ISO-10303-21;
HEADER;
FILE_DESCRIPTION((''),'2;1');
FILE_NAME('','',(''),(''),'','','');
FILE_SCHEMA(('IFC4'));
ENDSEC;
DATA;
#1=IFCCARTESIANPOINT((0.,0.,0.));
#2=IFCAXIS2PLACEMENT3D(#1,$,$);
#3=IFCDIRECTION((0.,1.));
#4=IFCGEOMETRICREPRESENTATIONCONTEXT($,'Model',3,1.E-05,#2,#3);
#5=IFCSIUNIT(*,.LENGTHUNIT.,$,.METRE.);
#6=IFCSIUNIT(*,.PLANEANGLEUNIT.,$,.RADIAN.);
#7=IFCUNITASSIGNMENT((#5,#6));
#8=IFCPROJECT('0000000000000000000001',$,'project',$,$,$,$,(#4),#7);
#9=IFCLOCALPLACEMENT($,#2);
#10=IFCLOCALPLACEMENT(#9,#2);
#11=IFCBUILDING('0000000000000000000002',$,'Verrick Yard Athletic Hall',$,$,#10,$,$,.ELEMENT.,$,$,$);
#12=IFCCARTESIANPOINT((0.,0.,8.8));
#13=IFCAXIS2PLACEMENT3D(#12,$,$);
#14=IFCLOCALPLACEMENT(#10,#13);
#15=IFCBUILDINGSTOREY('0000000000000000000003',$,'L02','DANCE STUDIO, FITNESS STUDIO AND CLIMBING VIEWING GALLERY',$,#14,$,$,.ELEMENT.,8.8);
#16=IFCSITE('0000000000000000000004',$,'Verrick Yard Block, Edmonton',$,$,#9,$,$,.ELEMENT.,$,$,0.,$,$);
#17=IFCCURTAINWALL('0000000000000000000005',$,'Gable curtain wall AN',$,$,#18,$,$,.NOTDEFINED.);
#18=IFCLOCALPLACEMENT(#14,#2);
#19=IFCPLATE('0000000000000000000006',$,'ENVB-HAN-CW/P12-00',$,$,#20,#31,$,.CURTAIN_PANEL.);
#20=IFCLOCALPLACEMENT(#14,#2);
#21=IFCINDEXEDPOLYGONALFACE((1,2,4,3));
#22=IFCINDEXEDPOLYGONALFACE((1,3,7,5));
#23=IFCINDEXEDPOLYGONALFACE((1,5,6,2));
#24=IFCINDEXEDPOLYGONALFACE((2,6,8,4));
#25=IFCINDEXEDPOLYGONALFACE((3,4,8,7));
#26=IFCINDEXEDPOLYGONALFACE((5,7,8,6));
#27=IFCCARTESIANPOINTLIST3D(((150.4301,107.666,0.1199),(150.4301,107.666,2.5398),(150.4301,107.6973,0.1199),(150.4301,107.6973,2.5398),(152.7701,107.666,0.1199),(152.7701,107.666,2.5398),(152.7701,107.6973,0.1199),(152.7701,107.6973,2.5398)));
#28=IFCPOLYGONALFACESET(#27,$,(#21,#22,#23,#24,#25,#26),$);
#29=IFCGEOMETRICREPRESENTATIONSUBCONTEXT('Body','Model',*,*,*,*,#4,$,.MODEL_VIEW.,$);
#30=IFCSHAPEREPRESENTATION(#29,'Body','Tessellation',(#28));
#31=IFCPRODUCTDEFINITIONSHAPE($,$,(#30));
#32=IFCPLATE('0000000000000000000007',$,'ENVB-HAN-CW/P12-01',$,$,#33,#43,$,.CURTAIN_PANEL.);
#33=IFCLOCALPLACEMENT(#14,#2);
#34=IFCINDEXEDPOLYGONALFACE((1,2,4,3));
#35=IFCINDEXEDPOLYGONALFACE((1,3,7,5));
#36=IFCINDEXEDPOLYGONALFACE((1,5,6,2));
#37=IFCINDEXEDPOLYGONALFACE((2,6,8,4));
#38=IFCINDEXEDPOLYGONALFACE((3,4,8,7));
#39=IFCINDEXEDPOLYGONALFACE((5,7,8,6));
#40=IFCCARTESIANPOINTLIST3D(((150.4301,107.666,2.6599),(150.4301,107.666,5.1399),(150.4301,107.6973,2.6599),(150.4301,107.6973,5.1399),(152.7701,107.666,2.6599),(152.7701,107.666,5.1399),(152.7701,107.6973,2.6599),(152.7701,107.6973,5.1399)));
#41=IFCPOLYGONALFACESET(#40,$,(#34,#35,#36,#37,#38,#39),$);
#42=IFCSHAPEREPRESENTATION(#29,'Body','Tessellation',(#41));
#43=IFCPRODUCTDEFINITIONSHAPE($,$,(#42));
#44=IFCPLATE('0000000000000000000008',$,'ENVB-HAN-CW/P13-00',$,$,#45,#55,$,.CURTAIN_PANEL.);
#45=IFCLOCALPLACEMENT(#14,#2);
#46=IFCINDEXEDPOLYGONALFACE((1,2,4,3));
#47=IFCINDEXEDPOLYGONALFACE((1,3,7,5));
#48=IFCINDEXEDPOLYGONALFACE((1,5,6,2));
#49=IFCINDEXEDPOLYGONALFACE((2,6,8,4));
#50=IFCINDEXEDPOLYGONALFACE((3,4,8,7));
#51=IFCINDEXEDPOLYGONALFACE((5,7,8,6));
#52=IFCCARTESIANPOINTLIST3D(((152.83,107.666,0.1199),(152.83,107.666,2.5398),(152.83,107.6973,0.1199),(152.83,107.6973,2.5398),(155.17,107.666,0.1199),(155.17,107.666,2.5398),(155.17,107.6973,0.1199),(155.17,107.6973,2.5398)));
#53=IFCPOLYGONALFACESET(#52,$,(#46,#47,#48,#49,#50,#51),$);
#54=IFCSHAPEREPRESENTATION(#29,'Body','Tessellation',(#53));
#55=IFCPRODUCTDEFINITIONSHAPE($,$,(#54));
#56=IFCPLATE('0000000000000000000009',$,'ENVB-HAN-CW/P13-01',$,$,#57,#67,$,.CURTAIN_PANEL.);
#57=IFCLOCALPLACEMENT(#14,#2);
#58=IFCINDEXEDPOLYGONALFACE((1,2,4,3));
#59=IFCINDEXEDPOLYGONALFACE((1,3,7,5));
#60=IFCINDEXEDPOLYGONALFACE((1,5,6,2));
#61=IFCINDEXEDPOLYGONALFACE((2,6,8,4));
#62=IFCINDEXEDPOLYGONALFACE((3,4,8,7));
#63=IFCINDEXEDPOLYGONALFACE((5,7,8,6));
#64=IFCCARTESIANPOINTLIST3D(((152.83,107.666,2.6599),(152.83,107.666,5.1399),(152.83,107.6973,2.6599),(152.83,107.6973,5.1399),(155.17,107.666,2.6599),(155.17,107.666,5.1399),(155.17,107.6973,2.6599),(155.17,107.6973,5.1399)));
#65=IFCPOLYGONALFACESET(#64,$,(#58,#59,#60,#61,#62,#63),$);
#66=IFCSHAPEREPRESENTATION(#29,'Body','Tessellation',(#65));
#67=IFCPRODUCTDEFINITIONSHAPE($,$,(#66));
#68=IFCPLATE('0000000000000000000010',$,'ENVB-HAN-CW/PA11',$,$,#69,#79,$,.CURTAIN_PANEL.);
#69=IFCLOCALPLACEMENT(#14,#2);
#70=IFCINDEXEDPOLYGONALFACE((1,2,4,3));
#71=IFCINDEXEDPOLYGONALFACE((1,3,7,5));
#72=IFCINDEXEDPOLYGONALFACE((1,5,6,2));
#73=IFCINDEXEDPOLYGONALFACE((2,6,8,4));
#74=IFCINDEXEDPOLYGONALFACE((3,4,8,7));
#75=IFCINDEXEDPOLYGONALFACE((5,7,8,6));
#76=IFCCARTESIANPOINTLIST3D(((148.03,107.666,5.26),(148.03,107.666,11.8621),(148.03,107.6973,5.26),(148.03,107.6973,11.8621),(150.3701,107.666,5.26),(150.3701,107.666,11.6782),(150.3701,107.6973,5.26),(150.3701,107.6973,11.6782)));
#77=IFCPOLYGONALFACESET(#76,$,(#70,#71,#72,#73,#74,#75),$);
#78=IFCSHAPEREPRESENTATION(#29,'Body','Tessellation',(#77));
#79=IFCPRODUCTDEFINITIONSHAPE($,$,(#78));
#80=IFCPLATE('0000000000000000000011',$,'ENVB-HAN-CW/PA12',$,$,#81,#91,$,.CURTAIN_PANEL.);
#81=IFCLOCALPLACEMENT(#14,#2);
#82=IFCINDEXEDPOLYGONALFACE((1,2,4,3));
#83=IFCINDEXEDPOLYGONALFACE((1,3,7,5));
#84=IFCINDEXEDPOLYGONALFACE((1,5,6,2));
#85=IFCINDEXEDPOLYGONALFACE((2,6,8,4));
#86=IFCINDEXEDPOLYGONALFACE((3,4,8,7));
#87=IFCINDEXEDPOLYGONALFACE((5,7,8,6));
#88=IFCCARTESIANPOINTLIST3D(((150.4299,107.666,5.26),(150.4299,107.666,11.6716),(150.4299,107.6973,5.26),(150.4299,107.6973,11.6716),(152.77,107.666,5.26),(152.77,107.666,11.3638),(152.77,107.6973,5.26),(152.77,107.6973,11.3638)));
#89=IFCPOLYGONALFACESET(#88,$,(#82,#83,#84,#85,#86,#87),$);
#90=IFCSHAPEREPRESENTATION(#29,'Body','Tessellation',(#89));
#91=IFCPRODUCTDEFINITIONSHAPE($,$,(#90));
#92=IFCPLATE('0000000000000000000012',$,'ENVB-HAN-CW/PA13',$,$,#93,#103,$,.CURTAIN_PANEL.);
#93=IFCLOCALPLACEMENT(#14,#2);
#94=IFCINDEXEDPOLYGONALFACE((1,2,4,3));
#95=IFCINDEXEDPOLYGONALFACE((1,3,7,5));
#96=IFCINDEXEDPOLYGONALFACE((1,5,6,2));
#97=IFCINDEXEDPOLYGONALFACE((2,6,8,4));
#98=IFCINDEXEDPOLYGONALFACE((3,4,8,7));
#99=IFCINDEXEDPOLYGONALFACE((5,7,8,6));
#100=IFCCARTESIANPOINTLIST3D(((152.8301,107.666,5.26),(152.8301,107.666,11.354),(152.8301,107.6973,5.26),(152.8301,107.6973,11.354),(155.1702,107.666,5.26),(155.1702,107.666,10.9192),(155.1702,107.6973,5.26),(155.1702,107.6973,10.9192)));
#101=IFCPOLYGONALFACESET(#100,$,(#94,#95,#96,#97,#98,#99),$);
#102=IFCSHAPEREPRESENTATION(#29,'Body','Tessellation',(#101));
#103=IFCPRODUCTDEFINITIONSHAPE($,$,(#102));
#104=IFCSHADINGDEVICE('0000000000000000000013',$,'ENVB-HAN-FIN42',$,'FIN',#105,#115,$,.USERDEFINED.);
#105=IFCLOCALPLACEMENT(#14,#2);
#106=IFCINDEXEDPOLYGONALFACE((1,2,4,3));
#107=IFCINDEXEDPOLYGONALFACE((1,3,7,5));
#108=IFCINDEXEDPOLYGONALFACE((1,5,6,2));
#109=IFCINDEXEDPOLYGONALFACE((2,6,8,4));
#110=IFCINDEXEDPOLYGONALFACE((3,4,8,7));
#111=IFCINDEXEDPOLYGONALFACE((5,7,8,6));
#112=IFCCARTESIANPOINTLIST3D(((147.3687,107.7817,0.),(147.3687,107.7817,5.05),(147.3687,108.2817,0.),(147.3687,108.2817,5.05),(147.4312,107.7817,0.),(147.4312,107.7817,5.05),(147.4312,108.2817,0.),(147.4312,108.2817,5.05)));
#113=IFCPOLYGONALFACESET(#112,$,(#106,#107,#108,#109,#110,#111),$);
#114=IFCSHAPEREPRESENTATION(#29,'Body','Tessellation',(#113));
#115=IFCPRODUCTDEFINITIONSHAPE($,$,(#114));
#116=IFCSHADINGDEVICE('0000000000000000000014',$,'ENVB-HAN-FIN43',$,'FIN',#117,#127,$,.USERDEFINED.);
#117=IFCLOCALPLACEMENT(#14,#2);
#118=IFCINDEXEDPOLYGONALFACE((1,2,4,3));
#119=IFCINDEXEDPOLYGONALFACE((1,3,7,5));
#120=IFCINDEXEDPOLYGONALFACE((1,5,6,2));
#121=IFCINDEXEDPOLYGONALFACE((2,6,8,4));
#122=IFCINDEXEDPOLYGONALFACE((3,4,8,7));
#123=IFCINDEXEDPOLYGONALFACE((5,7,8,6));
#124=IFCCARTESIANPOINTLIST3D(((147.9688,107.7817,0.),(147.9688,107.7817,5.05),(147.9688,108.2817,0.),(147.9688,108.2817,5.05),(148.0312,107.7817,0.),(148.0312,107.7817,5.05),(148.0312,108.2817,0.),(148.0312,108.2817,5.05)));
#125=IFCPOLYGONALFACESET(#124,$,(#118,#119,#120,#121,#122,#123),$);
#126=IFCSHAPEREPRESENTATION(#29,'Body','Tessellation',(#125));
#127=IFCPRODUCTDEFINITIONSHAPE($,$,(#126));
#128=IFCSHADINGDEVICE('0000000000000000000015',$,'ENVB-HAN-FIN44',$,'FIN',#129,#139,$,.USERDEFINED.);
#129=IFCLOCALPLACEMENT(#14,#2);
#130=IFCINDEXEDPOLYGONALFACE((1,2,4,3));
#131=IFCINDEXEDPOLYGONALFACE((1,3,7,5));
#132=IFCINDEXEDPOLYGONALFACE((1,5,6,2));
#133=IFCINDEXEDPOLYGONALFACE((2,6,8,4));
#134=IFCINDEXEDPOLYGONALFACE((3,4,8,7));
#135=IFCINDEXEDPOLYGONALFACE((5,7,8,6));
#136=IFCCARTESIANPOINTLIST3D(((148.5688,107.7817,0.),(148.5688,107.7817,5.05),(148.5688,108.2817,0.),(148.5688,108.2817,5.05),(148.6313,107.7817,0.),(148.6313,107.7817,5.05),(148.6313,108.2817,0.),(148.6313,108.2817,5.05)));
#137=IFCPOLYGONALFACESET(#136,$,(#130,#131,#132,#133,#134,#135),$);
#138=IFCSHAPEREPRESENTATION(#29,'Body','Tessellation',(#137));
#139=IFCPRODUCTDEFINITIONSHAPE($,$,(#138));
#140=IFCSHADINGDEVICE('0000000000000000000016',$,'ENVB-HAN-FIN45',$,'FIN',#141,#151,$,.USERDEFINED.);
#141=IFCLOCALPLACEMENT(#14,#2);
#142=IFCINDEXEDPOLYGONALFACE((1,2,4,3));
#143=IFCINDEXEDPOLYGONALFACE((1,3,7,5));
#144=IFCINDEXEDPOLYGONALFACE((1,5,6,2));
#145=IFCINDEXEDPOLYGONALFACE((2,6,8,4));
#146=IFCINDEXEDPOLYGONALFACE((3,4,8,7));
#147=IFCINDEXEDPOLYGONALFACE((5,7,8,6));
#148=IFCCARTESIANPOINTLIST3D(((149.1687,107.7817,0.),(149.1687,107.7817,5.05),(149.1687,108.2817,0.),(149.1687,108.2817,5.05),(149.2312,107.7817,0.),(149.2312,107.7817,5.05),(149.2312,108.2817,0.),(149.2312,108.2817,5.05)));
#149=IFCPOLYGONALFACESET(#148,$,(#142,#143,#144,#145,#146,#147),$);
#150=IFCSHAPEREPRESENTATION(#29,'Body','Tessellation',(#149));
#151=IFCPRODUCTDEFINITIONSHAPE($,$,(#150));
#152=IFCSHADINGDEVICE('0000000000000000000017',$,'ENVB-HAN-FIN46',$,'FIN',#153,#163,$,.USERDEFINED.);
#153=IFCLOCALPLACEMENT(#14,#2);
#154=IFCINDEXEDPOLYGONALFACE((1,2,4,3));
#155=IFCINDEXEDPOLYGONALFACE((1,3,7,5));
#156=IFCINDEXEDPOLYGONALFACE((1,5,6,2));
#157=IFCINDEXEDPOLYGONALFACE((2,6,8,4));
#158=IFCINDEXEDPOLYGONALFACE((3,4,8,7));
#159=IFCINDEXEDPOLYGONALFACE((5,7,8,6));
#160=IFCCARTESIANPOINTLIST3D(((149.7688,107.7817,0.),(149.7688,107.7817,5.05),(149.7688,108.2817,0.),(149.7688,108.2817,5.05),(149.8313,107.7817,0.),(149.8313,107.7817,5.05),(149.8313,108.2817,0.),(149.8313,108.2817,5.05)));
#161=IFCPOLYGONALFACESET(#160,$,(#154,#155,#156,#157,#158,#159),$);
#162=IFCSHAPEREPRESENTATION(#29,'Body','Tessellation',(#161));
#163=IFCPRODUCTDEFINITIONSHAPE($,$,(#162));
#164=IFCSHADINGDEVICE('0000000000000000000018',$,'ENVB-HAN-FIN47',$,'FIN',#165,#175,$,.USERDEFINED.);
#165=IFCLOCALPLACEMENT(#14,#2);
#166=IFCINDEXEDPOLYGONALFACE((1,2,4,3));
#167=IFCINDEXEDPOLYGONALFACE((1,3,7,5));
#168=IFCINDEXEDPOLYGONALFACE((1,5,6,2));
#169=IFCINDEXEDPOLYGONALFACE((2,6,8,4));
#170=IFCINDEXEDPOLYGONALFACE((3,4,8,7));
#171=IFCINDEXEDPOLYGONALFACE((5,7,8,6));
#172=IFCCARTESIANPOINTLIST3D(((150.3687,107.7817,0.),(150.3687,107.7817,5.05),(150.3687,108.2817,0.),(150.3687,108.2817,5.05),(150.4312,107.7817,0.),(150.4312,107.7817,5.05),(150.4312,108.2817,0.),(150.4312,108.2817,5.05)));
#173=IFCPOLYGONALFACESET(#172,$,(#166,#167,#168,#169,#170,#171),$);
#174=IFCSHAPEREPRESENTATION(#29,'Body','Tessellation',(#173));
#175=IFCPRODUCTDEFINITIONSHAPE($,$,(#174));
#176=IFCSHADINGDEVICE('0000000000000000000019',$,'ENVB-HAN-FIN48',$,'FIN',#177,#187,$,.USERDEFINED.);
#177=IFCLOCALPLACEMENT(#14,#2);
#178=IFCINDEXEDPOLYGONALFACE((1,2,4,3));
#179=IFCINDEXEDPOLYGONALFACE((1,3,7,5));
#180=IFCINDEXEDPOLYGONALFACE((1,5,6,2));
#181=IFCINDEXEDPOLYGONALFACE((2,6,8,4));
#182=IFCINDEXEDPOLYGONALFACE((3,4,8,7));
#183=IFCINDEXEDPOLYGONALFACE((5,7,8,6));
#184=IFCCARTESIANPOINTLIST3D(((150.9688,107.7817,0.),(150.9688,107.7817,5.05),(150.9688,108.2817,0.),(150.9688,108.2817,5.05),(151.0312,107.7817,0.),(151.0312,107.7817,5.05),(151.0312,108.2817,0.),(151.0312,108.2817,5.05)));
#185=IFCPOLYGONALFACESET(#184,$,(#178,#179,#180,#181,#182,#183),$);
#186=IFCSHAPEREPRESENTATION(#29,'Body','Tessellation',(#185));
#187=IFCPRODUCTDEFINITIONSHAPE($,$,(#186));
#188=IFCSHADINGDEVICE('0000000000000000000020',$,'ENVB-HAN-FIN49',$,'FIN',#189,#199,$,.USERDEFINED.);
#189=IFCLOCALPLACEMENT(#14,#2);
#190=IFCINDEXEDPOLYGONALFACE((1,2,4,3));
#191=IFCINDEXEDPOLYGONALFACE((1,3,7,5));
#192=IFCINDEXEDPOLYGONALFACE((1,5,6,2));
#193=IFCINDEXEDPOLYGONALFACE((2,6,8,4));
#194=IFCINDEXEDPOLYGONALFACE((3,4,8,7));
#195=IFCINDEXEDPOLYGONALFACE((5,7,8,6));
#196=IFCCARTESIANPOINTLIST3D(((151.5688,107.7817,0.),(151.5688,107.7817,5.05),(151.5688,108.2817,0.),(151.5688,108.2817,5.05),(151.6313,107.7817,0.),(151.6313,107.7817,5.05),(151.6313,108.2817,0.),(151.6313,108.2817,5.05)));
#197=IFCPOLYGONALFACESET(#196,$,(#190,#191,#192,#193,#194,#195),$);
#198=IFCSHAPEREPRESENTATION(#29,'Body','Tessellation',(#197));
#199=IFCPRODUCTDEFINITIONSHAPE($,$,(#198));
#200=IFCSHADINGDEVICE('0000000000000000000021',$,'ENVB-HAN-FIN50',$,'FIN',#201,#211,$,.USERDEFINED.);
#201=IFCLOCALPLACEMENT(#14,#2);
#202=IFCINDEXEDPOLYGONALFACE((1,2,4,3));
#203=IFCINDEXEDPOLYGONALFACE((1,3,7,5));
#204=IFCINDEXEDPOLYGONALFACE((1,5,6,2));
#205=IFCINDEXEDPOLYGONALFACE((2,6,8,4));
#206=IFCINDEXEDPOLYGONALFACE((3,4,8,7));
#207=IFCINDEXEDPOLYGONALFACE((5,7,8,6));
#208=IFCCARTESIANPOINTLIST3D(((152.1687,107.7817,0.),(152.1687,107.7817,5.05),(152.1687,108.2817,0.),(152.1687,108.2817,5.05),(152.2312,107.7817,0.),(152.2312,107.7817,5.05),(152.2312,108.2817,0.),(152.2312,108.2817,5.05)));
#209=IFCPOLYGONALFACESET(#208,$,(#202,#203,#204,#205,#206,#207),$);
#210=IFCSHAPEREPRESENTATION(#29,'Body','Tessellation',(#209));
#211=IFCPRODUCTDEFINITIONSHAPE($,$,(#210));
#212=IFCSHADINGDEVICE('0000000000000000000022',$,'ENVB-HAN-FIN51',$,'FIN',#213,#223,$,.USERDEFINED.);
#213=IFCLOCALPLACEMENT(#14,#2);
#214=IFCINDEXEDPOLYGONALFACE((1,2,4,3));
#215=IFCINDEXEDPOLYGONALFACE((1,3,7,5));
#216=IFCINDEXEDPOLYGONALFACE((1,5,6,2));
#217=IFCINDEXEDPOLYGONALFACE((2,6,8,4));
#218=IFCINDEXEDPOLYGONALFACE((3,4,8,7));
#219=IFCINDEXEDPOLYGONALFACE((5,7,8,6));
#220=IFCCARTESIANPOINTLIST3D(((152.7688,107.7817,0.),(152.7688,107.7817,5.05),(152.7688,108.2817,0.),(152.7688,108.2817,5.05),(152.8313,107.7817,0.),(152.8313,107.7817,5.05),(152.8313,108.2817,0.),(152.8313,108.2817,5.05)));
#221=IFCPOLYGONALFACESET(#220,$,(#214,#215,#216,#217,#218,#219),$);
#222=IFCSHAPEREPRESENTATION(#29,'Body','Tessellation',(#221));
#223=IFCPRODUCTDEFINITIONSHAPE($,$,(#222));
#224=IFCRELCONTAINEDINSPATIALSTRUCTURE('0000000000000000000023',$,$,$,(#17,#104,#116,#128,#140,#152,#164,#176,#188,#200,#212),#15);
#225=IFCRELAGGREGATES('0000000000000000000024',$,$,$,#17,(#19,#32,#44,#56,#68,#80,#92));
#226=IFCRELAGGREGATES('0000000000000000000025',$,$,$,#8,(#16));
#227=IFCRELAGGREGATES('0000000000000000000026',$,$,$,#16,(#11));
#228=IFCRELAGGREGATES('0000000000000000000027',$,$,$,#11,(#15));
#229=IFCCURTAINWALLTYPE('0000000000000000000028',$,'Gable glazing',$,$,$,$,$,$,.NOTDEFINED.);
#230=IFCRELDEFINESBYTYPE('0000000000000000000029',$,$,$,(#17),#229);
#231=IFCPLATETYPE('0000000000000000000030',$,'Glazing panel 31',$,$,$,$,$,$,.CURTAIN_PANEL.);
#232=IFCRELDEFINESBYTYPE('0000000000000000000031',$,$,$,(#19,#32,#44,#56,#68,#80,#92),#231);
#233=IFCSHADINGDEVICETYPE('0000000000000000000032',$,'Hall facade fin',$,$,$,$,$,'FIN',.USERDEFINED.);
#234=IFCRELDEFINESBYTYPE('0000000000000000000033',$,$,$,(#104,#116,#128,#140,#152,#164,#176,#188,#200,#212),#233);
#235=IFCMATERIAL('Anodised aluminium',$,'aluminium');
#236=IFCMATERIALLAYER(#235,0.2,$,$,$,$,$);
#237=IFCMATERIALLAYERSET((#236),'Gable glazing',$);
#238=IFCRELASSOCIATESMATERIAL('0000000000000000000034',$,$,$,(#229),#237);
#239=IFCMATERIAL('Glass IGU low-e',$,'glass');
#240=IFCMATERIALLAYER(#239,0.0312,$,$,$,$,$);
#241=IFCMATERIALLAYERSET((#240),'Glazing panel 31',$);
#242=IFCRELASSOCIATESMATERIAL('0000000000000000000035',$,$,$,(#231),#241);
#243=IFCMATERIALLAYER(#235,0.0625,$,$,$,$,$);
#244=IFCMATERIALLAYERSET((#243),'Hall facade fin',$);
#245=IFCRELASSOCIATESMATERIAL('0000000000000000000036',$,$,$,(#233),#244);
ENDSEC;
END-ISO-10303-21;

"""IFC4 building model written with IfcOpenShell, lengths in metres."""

from ifc_helpers import new_model, si_unit, direction, frame, origin, origin_2d, place, context, subcontext, project, spatial, polyline, rectangle, outline, extrude, material, layer, layer_set, type_object, element, aggregate, save


model = new_model("IFC4")

# Units and contexts
model_context = context("Model", 3, precision=1e-05, world=origin(), true_north=direction((0.0, 1.0)))
body_context = subcontext(model_context, "Body", "Model", "MODEL_VIEW")
ifc_project = project(units=[si_unit("LENGTHUNIT", "METRE"), si_unit("PLANEANGLEUNIT", "RADIAN")], contexts=[model_context])

# Site, building, storey
site_placement = place(None, origin())
site = spatial("IfcSite", under=ifc_project, at=site_placement, Name="Verrick Yard Block, Edmonton", CompositionType="ELEMENT", RefElevation=0.0)
building_placement = place(site_placement, origin())
building = spatial("IfcBuilding", under=site, at=building_placement, Name="Verrick Yard Athletic Hall", CompositionType="ELEMENT")
storey_placement = place(building_placement, frame((0.0, 0.0, 8.8)))
storey = spatial("IfcBuildingStorey", under=building, at=storey_placement, Name="L02", Description="DANCE STUDIO, FITNESS STUDIO AND CLIMBING VIEWING GALLERY", CompositionType="ELEMENT", Elevation=8.8)

# Curtain wall, plates
ifc_material_1 = material(Name="Anodised aluminium", Category="aluminium")
ifc_layer_1 = layer(ifc_material_1, 0.2)
ifc_layer_set_1 = layer_set([ifc_layer_1], Name="Gable glazing")
curtain_wall_type = type_object("IfcCurtainWallType", Name="Gable glazing", PredefinedType="NOTDEFINED", material=ifc_layer_set_1)
curtain_wall_placement = place(storey_placement, origin())
curtain_wall = element("IfcCurtainWall", 1, at=curtain_wall_placement, inside=storey, type_object=curtain_wall_type, Name="Gable curtain wall AN", PredefinedType="NOTDEFINED")
ifc_material_2 = material(Name="Glass IGU low-e", Category="glass")
ifc_layer_2 = layer(ifc_material_2, 0.0312)
ifc_layer_set_2 = layer_set([ifc_layer_2], Name="Glazing panel 31")
plate_type = type_object("IfcPlateType", Name="Glazing panel 31", PredefinedType="CURTAIN_PANEL", material=ifc_layer_set_2)
plate_1_placement = place(storey_placement, frame((151.6001, 107.6816, 0.1199), z_axis=(0.0, 0.0, 1.0), x_axis=(1.0, 0.0, 0.0)))
plate_1 = element("IfcPlate", 2, at=plate_1_placement, type_object=plate_type, Name="ENVB-HAN-CW/P12-00", PredefinedType="CURTAIN_PANEL", context=body_context, shape_type="SweptSolid", body=[
    extrude(rectangle(XDim=2.3401, YDim=0.0312, at=origin_2d()), origin(), (0.0, 0.0, 1.0), 2.4199),
])
plate_2_placement = place(storey_placement, frame((151.6001, 107.6816, 2.6599), z_axis=(0.0, 0.0, 1.0), x_axis=(1.0, 0.0, 0.0)))
plate_2 = element("IfcPlate", 3, at=plate_2_placement, type_object=plate_type, Name="ENVB-HAN-CW/P12-01", PredefinedType="CURTAIN_PANEL", context=body_context, shape_type="SweptSolid", body=[
    extrude(rectangle(XDim=2.3401, YDim=0.0312, at=origin_2d()), origin(), (0.0, 0.0, 1.0), 2.48),
])
plate_3_placement = place(storey_placement, frame((154.0, 107.6816, 0.1199), z_axis=(0.0, 0.0, 1.0), x_axis=(1.0, 0.0, 0.0)))
plate_3 = element("IfcPlate", 4, at=plate_3_placement, type_object=plate_type, Name="ENVB-HAN-CW/P13-00", PredefinedType="CURTAIN_PANEL", context=body_context, shape_type="SweptSolid", body=[
    extrude(rectangle(XDim=2.3401, YDim=0.0312, at=origin_2d()), origin(), (0.0, 0.0, 1.0), 2.4199),
])
plate_4_placement = place(storey_placement, frame((154.0, 107.6816, 2.6599), z_axis=(0.0, 0.0, 1.0), x_axis=(1.0, 0.0, 0.0)))
plate_4 = element("IfcPlate", 5, at=plate_4_placement, type_object=plate_type, Name="ENVB-HAN-CW/P13-01", PredefinedType="CURTAIN_PANEL", context=body_context, shape_type="SweptSolid", body=[
    extrude(rectangle(XDim=2.3401, YDim=0.0312, at=origin_2d()), origin(), (0.0, 0.0, 1.0), 2.48),
])
plate_5_placement = place(storey_placement, frame((148.03, 107.6816, 5.26), z_axis=(0.0, 0.0, 1.0), x_axis=(1.0, 0.0, 0.0)))
plate_5 = element("IfcPlate", 6, at=plate_5_placement, type_object=plate_type, Name="ENVB-HAN-CW/PA11", PredefinedType="CURTAIN_PANEL", context=body_context, shape_type="SweptSolid", body=[
    extrude(outline(polyline([(0.0, 6.6021), (2.3401, 6.4182), (2.3401, 0.0), (0.0, 0.0), (0.0, 6.6021)])), frame((0.0, 0.0156, 0.0), z_axis=(0.0, -1.0, 0.0), x_axis=(1.0, 0.0, 0.0)), (0.0, 0.0, 1.0), 0.0312),
])
plate_6_placement = place(storey_placement, frame((150.4299, 107.6816, 5.26), z_axis=(0.0, 0.0, 1.0), x_axis=(1.0, 0.0, 0.0)))
plate_6 = element("IfcPlate", 7, at=plate_6_placement, type_object=plate_type, Name="ENVB-HAN-CW/PA12", PredefinedType="CURTAIN_PANEL", context=body_context, shape_type="SweptSolid", body=[
    extrude(outline(polyline([(0.0, 6.4116), (2.3401, 6.1038), (2.3401, 0.0), (0.0, 0.0), (0.0, 6.4116)])), frame((0.0, 0.0156, 0.0), z_axis=(0.0, -1.0, 0.0), x_axis=(1.0, 0.0, 0.0)), (0.0, 0.0, 1.0), 0.0312),
])
plate_7_placement = place(storey_placement, frame((152.8301, 107.6816, 5.26), z_axis=(0.0, 0.0, 1.0), x_axis=(1.0, 0.0, 0.0)))
plate_7 = element("IfcPlate", 8, at=plate_7_placement, type_object=plate_type, Name="ENVB-HAN-CW/PA13", PredefinedType="CURTAIN_PANEL", context=body_context, shape_type="SweptSolid", body=[
    extrude(outline(polyline([(0.0, 6.094), (2.3401, 5.6592), (2.3401, 0.0), (0.0, 0.0), (0.0, 6.094)])), frame((0.0, 0.0156, 0.0), z_axis=(0.0, -1.0, 0.0), x_axis=(1.0, 0.0, 0.0)), (0.0, 0.0, 1.0), 0.0312),
])
aggregate(curtain_wall, [plate_1, plate_2, plate_3, plate_4, plate_5, plate_6, plate_7])

# Shading devices
ifc_layer_3 = layer(ifc_material_1, 0.0625)
ifc_layer_set_3 = layer_set([ifc_layer_3], Name="Hall facade fin")
shading_device_type = type_object("IfcShadingDeviceType", Name="Hall facade fin", ElementType="FIN", PredefinedType="USERDEFINED", material=ifc_layer_set_3)
for number, where, z_axis, x_axis, name in (
    (9, (147.3999, 107.7817, 0.0), (0.0, 0.0, 1.0), (0.0, 1.0, 0.0), "ENVB-HAN-FIN42"),
    (10, (148.0, 107.7817, 0.0), (0.0, 0.0, 1.0), (0.0, 1.0, 0.0), "ENVB-HAN-FIN43"),
    (11, (148.6001, 107.7817, 0.0), (0.0, 0.0, 1.0), (0.0, 1.0, 0.0), "ENVB-HAN-FIN44"),
    (12, (149.2, 107.7817, 0.0), (0.0, 0.0, 1.0), (0.0, 1.0, 0.0), "ENVB-HAN-FIN45"),
    (13, (149.8, 107.7817, 0.0), (0.0, 0.0, 1.0), (0.0, 1.0, 0.0), "ENVB-HAN-FIN46"),
    (14, (150.3999, 107.7817, 0.0), (0.0, 0.0, 1.0), (0.0, 1.0, 0.0), "ENVB-HAN-FIN47"),
    (15, (151.0, 107.7817, 0.0), (0.0, 0.0, 1.0), (0.0, 1.0, 0.0), "ENVB-HAN-FIN48"),
    (16, (151.6001, 107.7817, 0.0), (0.0, 0.0, 1.0), (0.0, 1.0, 0.0), "ENVB-HAN-FIN49"),
    (17, (152.2, 107.7817, 0.0), (0.0, 0.0, 1.0), (0.0, 1.0, 0.0), "ENVB-HAN-FIN50"),
    (18, (152.8, 107.7817, 0.0), (0.0, 0.0, 1.0), (0.0, 1.0, 0.0), "ENVB-HAN-FIN51"),
):
    element("IfcShadingDevice", number, at=place(storey_placement, frame(where, z_axis=z_axis, x_axis=x_axis)), inside=storey, type_object=shading_device_type, Name=name, ObjectType="FIN", PredefinedType="USERDEFINED", context=body_context, shape_type="SweptSolid", body=[
        extrude(outline(polyline([(0.0, 0.0), (0.5, 0.0), (0.5, 5.05), (0.0, 5.05), (0.0, 0.0)])), frame((0.0, 0.0312, 0.0), z_axis=(0.0, -1.0, 0.0), x_axis=(1.0, 0.0, 0.0)), (0.0, 0.0, 1.0), 0.0625),
    ])

save(model, "model.ifc")
